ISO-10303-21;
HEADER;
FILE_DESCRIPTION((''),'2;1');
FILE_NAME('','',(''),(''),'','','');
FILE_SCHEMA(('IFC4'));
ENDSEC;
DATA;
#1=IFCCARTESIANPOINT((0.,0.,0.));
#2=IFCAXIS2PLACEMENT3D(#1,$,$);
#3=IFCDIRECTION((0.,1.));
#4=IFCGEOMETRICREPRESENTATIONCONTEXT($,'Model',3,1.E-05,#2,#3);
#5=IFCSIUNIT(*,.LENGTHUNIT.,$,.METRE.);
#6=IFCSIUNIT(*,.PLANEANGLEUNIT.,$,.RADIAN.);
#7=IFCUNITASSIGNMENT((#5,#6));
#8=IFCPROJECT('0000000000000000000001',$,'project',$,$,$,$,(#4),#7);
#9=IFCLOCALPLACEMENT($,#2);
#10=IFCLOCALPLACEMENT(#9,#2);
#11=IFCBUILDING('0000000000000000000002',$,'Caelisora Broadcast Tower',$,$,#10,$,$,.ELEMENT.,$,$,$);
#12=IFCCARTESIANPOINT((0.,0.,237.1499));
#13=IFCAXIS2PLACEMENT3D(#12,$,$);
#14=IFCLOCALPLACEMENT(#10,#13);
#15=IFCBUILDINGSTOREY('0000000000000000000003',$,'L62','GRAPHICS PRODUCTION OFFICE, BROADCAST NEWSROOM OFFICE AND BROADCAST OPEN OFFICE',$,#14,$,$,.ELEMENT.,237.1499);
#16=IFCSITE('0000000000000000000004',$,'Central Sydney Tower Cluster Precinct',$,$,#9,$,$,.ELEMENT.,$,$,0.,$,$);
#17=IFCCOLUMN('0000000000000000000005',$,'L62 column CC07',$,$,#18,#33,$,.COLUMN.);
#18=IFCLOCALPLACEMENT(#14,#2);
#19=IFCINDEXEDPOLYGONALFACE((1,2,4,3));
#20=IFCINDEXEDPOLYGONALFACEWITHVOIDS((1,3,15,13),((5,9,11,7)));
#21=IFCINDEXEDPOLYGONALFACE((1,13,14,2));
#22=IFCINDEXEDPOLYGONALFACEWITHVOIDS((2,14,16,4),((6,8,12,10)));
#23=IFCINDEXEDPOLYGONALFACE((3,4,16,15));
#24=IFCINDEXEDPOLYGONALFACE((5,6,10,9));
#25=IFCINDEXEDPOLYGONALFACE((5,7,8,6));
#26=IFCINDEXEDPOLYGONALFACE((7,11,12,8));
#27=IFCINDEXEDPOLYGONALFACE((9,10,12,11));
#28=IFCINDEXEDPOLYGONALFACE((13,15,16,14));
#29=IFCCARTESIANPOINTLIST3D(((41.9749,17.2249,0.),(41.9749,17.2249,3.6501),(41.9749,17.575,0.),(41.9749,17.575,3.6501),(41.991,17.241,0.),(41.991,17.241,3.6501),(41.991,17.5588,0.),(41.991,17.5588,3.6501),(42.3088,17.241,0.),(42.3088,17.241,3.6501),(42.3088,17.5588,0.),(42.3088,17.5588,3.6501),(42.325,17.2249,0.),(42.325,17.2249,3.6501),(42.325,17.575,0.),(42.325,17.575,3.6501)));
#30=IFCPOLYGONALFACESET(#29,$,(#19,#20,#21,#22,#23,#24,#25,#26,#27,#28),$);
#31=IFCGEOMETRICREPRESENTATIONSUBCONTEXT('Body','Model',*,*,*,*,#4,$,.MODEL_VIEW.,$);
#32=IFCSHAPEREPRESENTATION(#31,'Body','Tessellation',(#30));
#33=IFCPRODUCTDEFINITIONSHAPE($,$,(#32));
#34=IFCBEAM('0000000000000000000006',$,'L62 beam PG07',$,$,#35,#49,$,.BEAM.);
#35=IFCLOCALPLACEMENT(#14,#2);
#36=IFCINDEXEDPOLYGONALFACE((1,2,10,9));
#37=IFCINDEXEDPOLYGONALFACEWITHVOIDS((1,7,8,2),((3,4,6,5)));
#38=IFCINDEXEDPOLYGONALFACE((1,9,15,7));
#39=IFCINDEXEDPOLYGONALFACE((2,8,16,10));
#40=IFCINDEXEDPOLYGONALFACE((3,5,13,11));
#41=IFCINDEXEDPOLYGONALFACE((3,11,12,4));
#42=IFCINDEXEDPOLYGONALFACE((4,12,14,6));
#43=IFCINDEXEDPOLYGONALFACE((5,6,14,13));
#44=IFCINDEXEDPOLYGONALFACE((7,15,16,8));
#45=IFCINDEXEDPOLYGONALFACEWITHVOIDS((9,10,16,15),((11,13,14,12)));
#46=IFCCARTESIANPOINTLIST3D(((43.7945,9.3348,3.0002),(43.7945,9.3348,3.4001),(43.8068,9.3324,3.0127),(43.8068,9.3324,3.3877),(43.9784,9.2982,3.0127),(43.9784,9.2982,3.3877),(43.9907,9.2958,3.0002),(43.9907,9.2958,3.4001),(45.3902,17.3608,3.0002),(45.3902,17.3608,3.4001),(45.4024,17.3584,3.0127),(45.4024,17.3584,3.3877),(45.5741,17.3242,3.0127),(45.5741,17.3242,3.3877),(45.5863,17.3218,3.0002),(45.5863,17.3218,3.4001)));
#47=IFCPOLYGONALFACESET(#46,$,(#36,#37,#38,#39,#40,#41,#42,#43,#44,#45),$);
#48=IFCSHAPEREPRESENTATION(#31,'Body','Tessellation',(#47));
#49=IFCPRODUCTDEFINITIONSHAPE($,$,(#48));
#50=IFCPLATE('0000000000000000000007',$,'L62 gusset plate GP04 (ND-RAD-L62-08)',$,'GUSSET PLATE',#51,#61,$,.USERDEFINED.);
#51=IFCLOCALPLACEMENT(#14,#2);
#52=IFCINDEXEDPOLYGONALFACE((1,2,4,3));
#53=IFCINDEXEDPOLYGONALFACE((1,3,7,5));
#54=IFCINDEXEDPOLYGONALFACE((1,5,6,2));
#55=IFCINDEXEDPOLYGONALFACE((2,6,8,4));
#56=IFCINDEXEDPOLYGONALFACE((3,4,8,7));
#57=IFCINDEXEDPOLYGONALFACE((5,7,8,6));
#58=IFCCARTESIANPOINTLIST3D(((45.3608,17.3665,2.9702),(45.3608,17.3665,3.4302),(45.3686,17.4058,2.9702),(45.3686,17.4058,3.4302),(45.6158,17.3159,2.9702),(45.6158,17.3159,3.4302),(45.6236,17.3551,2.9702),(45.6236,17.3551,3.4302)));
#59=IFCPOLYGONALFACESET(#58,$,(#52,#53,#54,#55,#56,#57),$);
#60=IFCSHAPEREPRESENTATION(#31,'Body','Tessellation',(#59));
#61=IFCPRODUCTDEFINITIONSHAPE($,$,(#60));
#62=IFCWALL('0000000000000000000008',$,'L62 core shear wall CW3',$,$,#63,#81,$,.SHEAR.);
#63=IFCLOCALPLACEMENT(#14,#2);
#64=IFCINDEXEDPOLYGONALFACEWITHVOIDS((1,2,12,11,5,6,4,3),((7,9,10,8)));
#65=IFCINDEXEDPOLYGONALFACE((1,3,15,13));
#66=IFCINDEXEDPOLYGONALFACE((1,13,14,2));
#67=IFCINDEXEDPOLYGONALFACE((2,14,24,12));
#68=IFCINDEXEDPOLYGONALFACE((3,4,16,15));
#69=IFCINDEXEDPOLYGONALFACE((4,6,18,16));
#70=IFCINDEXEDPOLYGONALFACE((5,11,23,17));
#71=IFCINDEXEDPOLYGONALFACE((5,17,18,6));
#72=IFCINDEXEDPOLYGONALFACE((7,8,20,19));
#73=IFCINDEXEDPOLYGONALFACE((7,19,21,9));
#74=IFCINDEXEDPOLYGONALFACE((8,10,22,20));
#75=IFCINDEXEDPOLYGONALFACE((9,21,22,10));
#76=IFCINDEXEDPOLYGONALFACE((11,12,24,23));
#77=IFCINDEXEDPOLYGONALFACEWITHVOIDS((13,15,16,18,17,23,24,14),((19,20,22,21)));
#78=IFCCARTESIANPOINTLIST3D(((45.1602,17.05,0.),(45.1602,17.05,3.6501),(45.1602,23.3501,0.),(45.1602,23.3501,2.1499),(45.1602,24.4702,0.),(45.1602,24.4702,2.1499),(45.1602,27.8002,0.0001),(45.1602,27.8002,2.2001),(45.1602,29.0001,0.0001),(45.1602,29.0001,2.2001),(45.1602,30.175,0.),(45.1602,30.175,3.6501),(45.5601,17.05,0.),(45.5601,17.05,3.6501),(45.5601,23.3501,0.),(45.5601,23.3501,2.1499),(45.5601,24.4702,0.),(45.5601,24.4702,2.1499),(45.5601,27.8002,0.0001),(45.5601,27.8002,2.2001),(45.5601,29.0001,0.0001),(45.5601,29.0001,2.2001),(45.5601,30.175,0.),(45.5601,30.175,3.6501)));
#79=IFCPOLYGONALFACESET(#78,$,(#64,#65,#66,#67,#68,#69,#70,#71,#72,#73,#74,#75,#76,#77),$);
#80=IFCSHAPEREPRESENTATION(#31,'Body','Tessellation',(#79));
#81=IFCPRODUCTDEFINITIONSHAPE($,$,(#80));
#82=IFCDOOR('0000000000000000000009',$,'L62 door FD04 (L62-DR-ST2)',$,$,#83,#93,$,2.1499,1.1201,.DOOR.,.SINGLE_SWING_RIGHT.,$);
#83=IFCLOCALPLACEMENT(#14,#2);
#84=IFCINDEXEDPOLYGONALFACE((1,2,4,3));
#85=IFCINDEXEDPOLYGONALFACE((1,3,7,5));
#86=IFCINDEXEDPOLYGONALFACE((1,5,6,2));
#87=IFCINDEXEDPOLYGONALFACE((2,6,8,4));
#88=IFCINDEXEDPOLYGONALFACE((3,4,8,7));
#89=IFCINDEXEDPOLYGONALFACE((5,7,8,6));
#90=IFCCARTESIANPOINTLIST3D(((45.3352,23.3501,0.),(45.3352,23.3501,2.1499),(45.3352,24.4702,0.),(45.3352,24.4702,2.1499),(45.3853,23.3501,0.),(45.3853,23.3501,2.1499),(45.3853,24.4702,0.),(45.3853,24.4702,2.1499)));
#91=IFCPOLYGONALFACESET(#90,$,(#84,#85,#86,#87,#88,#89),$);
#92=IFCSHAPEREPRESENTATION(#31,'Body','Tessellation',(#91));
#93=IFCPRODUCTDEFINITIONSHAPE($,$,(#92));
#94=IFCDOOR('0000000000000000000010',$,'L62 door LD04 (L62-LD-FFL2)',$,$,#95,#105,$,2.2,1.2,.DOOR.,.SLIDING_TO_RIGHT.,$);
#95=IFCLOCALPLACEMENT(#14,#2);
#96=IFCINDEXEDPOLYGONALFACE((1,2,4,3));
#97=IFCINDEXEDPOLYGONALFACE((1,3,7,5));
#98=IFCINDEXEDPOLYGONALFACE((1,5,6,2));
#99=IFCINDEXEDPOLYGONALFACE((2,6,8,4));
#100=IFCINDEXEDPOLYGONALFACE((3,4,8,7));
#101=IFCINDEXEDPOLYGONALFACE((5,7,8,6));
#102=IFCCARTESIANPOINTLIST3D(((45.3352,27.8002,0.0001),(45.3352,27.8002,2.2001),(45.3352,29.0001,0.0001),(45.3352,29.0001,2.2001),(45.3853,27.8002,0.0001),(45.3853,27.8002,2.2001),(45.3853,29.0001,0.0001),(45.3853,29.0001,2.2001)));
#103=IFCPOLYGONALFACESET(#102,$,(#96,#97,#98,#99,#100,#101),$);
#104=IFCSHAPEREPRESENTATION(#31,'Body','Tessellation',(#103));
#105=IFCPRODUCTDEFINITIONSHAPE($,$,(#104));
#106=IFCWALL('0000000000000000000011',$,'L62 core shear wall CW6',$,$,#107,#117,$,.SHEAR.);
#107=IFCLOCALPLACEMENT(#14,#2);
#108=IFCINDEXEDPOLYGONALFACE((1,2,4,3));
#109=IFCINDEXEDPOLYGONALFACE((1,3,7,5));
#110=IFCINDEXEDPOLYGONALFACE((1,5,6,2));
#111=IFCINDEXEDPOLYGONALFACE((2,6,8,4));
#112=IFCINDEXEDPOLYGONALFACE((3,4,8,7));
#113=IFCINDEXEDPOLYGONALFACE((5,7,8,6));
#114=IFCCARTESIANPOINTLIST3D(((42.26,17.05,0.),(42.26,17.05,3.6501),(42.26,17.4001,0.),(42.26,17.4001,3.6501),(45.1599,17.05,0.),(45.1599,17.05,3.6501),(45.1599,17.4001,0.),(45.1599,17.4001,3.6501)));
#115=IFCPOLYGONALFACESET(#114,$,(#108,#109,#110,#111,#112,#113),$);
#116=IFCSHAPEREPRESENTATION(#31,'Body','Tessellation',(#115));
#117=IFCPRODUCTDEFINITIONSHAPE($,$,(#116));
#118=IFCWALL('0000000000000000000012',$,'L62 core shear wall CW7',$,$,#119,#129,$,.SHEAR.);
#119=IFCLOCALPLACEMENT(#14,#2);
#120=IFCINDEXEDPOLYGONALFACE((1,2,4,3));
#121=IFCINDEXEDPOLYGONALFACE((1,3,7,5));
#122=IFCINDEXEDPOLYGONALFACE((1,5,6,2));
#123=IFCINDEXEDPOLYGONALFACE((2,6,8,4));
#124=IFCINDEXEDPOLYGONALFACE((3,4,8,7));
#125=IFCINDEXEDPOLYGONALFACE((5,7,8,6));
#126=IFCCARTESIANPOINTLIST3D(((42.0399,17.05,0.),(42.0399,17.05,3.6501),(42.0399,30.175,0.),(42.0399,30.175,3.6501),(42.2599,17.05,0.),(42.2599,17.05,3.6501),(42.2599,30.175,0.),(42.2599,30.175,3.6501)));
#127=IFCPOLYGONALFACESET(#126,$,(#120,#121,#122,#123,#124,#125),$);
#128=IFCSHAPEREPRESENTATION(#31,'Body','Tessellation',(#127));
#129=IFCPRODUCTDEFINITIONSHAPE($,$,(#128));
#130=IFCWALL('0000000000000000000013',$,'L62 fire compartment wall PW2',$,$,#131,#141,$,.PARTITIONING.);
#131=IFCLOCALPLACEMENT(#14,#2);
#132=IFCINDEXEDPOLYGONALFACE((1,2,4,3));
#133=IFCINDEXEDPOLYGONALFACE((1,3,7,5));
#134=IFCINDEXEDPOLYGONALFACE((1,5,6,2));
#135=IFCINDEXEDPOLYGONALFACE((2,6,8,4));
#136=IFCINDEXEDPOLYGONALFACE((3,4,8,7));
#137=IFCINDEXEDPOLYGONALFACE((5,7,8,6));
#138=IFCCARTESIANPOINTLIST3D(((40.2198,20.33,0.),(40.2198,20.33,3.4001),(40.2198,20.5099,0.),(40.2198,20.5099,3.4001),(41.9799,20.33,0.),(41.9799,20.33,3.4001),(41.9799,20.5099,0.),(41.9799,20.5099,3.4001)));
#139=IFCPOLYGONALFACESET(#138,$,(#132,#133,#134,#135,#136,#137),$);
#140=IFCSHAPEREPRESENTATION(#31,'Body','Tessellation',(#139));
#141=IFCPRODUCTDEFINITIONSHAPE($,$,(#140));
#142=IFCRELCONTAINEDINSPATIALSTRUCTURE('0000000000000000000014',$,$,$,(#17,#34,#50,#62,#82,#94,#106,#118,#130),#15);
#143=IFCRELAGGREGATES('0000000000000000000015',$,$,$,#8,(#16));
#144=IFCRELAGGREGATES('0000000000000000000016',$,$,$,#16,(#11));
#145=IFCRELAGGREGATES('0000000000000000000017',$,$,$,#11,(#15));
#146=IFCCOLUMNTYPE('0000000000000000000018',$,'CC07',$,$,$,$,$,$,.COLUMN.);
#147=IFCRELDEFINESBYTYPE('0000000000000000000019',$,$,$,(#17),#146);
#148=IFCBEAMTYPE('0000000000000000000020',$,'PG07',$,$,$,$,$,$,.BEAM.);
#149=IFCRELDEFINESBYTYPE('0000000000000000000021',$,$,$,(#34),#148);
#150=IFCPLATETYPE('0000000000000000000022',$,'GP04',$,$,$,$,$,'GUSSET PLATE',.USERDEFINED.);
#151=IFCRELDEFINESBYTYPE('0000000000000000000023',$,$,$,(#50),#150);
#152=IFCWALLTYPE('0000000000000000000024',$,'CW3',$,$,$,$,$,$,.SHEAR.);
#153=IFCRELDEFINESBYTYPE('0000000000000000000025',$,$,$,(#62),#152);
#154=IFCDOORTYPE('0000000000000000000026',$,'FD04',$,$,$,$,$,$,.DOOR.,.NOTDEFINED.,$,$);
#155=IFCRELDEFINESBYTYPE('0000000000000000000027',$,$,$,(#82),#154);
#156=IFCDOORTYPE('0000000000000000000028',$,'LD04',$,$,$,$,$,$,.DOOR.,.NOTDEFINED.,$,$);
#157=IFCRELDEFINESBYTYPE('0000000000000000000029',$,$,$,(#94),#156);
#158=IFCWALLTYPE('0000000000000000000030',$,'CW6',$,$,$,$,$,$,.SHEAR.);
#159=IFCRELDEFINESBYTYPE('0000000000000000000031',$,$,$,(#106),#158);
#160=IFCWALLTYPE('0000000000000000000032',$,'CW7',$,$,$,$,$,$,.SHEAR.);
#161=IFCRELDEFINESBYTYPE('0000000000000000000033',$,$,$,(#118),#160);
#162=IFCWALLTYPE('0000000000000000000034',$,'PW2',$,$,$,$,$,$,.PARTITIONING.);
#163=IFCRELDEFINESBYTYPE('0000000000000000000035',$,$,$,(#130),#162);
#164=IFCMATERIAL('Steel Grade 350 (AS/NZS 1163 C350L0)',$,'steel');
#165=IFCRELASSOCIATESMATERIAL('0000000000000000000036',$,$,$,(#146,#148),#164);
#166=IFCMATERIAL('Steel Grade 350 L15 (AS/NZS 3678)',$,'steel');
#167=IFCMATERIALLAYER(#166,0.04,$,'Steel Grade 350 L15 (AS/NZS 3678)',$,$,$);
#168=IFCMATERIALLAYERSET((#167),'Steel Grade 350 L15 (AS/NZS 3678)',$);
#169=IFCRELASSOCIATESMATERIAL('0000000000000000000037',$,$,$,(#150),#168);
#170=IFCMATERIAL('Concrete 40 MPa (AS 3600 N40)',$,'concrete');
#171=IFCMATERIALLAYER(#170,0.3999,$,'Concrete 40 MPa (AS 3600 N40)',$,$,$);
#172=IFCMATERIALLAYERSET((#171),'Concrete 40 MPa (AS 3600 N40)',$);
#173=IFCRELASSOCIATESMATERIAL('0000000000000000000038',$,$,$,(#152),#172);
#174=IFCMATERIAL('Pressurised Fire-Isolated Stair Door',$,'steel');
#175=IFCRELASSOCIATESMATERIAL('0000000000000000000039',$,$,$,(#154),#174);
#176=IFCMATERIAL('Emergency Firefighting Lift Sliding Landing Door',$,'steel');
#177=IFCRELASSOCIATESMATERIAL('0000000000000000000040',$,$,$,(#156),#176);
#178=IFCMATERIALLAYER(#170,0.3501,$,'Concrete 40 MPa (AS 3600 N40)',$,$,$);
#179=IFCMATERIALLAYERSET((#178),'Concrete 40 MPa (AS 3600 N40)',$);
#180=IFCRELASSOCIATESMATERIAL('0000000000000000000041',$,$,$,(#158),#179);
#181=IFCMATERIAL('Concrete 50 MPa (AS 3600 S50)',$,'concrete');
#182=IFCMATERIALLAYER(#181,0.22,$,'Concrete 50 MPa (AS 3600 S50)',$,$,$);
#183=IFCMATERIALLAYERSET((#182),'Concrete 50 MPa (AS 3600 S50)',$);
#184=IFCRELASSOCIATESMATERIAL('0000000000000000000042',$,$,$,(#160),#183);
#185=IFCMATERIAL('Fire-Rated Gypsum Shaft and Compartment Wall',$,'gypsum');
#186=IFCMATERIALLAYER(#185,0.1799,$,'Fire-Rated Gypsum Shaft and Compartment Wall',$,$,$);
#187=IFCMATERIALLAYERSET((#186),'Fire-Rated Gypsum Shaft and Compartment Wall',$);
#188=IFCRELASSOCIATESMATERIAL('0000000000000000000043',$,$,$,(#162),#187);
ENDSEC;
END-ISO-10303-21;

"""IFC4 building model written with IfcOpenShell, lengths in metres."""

from ifc_helpers import new_model, si_unit, direction, frame, frame_2d, origin, origin_2d, place, context, subcontext, project, spatial, rectangle, hollow_rectangle, extrude, source, transform, mapped, material, layer, layer_set, material_profile, profile_set, type_object, type_shapes, element, fill, save


model = new_model("IFC4")

# Units and contexts
model_context = context("Model", 3, precision=1e-05, world=origin(), true_north=direction((0.0, 1.0)))
body_context = subcontext(model_context, "Body", "Model", "MODEL_VIEW")
ifc_project = project(units=[si_unit("LENGTHUNIT", "METRE"), si_unit("PLANEANGLEUNIT", "RADIAN")], contexts=[model_context])

# Site, building, storey
site_placement = place(None, origin())
site = spatial("IfcSite", under=ifc_project, at=site_placement, Name="Central Sydney Tower Cluster Precinct", CompositionType="ELEMENT", RefElevation=0.0)
building_placement = place(site_placement, origin())
building = spatial("IfcBuilding", under=site, at=building_placement, Name="Caelisora Broadcast Tower", CompositionType="ELEMENT")
storey_placement = place(building_placement, frame((0.0, 0.0, 237.1499)))
storey = spatial("IfcBuildingStorey", under=building, at=storey_placement, Name="L62", Description="GRAPHICS PRODUCTION OFFICE, BROADCAST NEWSROOM OFFICE AND BROADCAST OPEN OFFICE", CompositionType="ELEMENT", Elevation=237.1499)

# Column
ifc_material_1 = material(Name="Steel Grade 350 (AS/NZS 1163 C350L0)", Category="steel")
ifc_material_profile_1 = material_profile(ifc_material_1, hollow_rectangle(XDim=0.3501, YDim=0.3501, WallThickness=0.0161, at=origin_2d()), Name="Steel Grade 350 (AS/NZS 1163 C350L0)")
ifc_profile_set_1 = profile_set([ifc_material_profile_1], Name="Steel Grade 350 (AS/NZS 1163 C350L0)")
column_type = type_object("IfcColumnType", Name="CC07", PredefinedType="COLUMN", material=ifc_profile_set_1)
shared_shape_1 = source(origin(), body_context, "Body", "SweptSolid", [
    extrude(hollow_rectangle(XDim=0.3501, YDim=0.3501, WallThickness=0.0161, at=origin_2d()), origin(), (0.0, 0.0, 1.0), 3.6501),
])
type_shapes(column_type, [shared_shape_1])
column_placement = place(storey_placement, frame((42.1499, 17.3999, 0.0), z_axis=(0.0, 0.0, 1.0), x_axis=(1.0, 0.0, 0.0)))
element("IfcColumn", 1, at=column_placement, inside=storey, type_object=column_type, Name="L62 column CC07", PredefinedType="COLUMN", context=body_context, shape_type="MappedRepresentation", body=[
    mapped(shared_shape_1, transform((0.0, 0.0, 0.0), scale=1.0)),
])

# Beam
ifc_material_profile_2 = material_profile(ifc_material_1, hollow_rectangle(XDim=0.2, YDim=0.3999, WallThickness=0.0125, at=origin_2d()), Name="Steel Grade 350 (AS/NZS 1163 C350L0)")
ifc_profile_set_2 = profile_set([ifc_material_profile_2], Name="Steel Grade 350 (AS/NZS 1163 C350L0)")
beam_type = type_object("IfcBeamType", Name="PG07", PredefinedType="BEAM", material=ifc_profile_set_2)
shared_shape_2 = source(origin(), body_context, "Body", "SweptSolid", [
    extrude(hollow_rectangle(XDim=0.2, YDim=0.3999, WallThickness=0.0125, at=origin_2d()), origin(), (0.0, 0.0, 1.0), 8.1831),
])
type_shapes(beam_type, [shared_shape_2])
beam_placement = place(storey_placement, frame((45.4883, 17.3413, 3.2002), z_axis=(-0.194997, -0.980804, 0.0), x_axis=(0.980804, -0.194997, 0.0)))
element("IfcBeam", 2, at=beam_placement, inside=storey, type_object=beam_type, Name="L62 beam PG07", PredefinedType="BEAM", context=body_context, shape_type="MappedRepresentation", body=[
    mapped(shared_shape_2, transform((0.0, 0.0, 0.0), scale=1.0)),
])

# Plate
ifc_material_2 = material(Name="Steel Grade 350 L15 (AS/NZS 3678)", Category="steel")
ifc_layer_1 = layer(ifc_material_2, 0.04, Name="Steel Grade 350 L15 (AS/NZS 3678)")
ifc_layer_set_1 = layer_set([ifc_layer_1], Name="Steel Grade 350 L15 (AS/NZS 3678)")
plate_type = type_object("IfcPlateType", Name="GP04", ElementType="GUSSET PLATE", PredefinedType="USERDEFINED", material=ifc_layer_set_1)
shared_shape_3 = source(origin(), body_context, "Body", "SweptSolid", [
    extrude(rectangle(XDim=0.26, YDim=0.04, at=origin_2d()), origin(), (0.0, 0.0, 1.0), 0.46),
])
type_shapes(plate_type, [shared_shape_3])
plate_placement = place(storey_placement, frame((45.4922, 17.3608, 2.9702), z_axis=(0.0, 0.0, 1.0), x_axis=(0.980819, -0.194919, 0.0)))
element("IfcPlate", 3, at=plate_placement, inside=storey, type_object=plate_type, Name="L62 gusset plate GP04 (ND-RAD-L62-08)", ObjectType="GUSSET PLATE", PredefinedType="USERDEFINED", context=body_context, shape_type="MappedRepresentation", body=[
    mapped(shared_shape_3, transform((0.0, 0.0, 0.0), scale=1.0)),
])

# Wall, openings, doors
ifc_material_3 = material(Name="Concrete 40 MPa (AS 3600 N40)", Category="concrete")
ifc_layer_2 = layer(ifc_material_3, 0.3999, Name="Concrete 40 MPa (AS 3600 N40)")
ifc_layer_set_2 = layer_set([ifc_layer_2], Name="Concrete 40 MPa (AS 3600 N40)")
wall_type_1 = type_object("IfcWallType", Name="CW3", PredefinedType="SHEAR", material=ifc_layer_set_2)
wall_1_placement = place(storey_placement, frame((45.3601, 17.05, 0.0), z_axis=(0.0, 0.0, 1.0), x_axis=(0.0, 1.0, 0.0)))
wall_1 = element("IfcWall", 4, at=wall_1_placement, inside=storey, type_object=wall_type_1, Name="L62 core shear wall CW3", PredefinedType="SHEAR", context=body_context, shape_type="SweptSolid", body=[
    extrude(rectangle(XDim=13.125, YDim=0.3999, at=frame_2d((6.5625, 0.0))), origin(), (0.0, 0.0, 1.0), 3.6501),
])
opening_1_placement = place(wall_1_placement, frame((6.3, 0.0, 0.0)))
opening_1 = element("IfcOpeningElement", 5, at=opening_1_placement, cuts=wall_1, PredefinedType="OPENING", context=body_context, shape_type="SweptSolid", body=[
    extrude(rectangle(XDim=1.1201, YDim=2.1499, at=frame_2d((0.5601, 1.075))), frame((0.0, 0.2119, 0.0), z_axis=(0.0, -1.0, 0.0), x_axis=(1.0, 0.0, 0.0)), (0.0, 0.0, 1.0), 0.4238),
])
opening_2_placement = place(wall_1_placement, frame((10.75, 0.0, 0.0)))
opening_2 = element("IfcOpeningElement", 6, at=opening_2_placement, cuts=wall_1, PredefinedType="OPENING", context=body_context, shape_type="SweptSolid", body=[
    extrude(rectangle(XDim=1.2, YDim=2.2, at=frame_2d((0.6001, 1.1001))), frame((0.0, 0.2119, 0.0), z_axis=(0.0, -1.0, 0.0), x_axis=(1.0, 0.0, 0.0)), (0.0, 0.0, 1.0), 0.4238),
])
ifc_material_4 = material(Name="Pressurised Fire-Isolated Stair Door", Category="steel")
door_type_1 = type_object("IfcDoorType", Name="FD04", OperationType="NOTDEFINED", PredefinedType="DOOR", material=ifc_material_4)
door_1_placement = place(opening_1_placement, origin())
door_1 = element("IfcDoor", 7, at=door_1_placement, inside=storey, type_object=door_type_1, Name="L62 door FD04 (L62-DR-ST2)", OperationType="SINGLE_SWING_RIGHT", OverallHeight=2.1499, OverallWidth=1.1201, PredefinedType="DOOR", context=body_context, shape_type="SweptSolid", body=[
    extrude(rectangle(XDim=1.1201, YDim=2.1499, at=frame_2d((0.5601, 1.075))), frame((0.0, 0.0249, 0.0), z_axis=(0.0, -1.0, 0.0), x_axis=(1.0, 0.0, 0.0)), (0.0, 0.0, 1.0), 0.05),
])
fill(opening_1, door_1)
ifc_material_5 = material(Name="Emergency Firefighting Lift Sliding Landing Door", Category="steel")
door_type_2 = type_object("IfcDoorType", Name="LD04", OperationType="NOTDEFINED", PredefinedType="DOOR", material=ifc_material_5)
door_2_placement = place(opening_2_placement, origin())
door_2 = element("IfcDoor", 8, at=door_2_placement, inside=storey, type_object=door_type_2, Name="L62 door LD04 (L62-LD-FFL2)", OperationType="SLIDING_TO_RIGHT", OverallHeight=2.2, OverallWidth=1.2, PredefinedType="DOOR", context=body_context, shape_type="SweptSolid", body=[
    extrude(rectangle(XDim=1.2, YDim=2.2, at=frame_2d((0.6001, 1.1001))), frame((0.0, 0.0249, 0.0), z_axis=(0.0, -1.0, 0.0), x_axis=(1.0, 0.0, 0.0)), (0.0, 0.0, 1.0), 0.05),
])
fill(opening_2, door_2)

# Walls
ifc_layer_3 = layer(ifc_material_3, 0.3501, Name="Concrete 40 MPa (AS 3600 N40)")
ifc_layer_set_3 = layer_set([ifc_layer_3], Name="Concrete 40 MPa (AS 3600 N40)")
wall_type_2 = type_object("IfcWallType", Name="CW6", PredefinedType="SHEAR", material=ifc_layer_set_3)
wall_2_placement = place(storey_placement, frame((42.26, 17.2251, 0.0), z_axis=(0.0, 0.0, 1.0), x_axis=(1.0, 0.0, 0.0)))
element("IfcWall", 9, at=wall_2_placement, inside=storey, type_object=wall_type_2, Name="L62 core shear wall CW6", PredefinedType="SHEAR", context=body_context, shape_type="SweptSolid", body=[
    extrude(rectangle(XDim=2.8999, YDim=0.3501, at=frame_2d((1.45, 0.0))), origin(), (0.0, 0.0, 1.0), 3.6501),
])
ifc_material_6 = material(Name="Concrete 50 MPa (AS 3600 S50)", Category="concrete")
ifc_layer_4 = layer(ifc_material_6, 0.22, Name="Concrete 50 MPa (AS 3600 S50)")
ifc_layer_set_4 = layer_set([ifc_layer_4], Name="Concrete 50 MPa (AS 3600 S50)")
wall_type_3 = type_object("IfcWallType", Name="CW7", PredefinedType="SHEAR", material=ifc_layer_set_4)
wall_3_placement = place(storey_placement, frame((42.1499, 17.05, 0.0), z_axis=(0.0, 0.0, 1.0), x_axis=(0.0, 1.0, 0.0)))
element("IfcWall", 10, at=wall_3_placement, inside=storey, type_object=wall_type_3, Name="L62 core shear wall CW7", PredefinedType="SHEAR", context=body_context, shape_type="SweptSolid", body=[
    extrude(rectangle(XDim=13.125, YDim=0.22, at=frame_2d((6.5625, 0.0))), origin(), (0.0, 0.0, 1.0), 3.6501),
])
ifc_material_7 = material(Name="Fire-Rated Gypsum Shaft and Compartment Wall", Category="gypsum")
ifc_layer_5 = layer(ifc_material_7, 0.1799, Name="Fire-Rated Gypsum Shaft and Compartment Wall")
ifc_layer_set_5 = layer_set([ifc_layer_5], Name="Fire-Rated Gypsum Shaft and Compartment Wall")
wall_type_4 = type_object("IfcWallType", Name="PW2", PredefinedType="PARTITIONING", material=ifc_layer_set_5)
wall_4_placement = place(storey_placement, frame((40.22, 20.4199, 0.0), z_axis=(0.0, 0.0, 1.0), x_axis=(1.0, 0.0, 0.0)))
element("IfcWall", 11, at=wall_4_placement, inside=storey, type_object=wall_type_4, Name="L62 fire compartment wall PW2", PredefinedType="PARTITIONING", context=body_context, shape_type="SweptSolid", body=[
    extrude(rectangle(XDim=1.76, YDim=0.1799, at=frame_2d((0.8799, 0.0))), origin(), (0.0, 0.0, 1.0), 3.4001),
])

save(model, "model.ifc")
